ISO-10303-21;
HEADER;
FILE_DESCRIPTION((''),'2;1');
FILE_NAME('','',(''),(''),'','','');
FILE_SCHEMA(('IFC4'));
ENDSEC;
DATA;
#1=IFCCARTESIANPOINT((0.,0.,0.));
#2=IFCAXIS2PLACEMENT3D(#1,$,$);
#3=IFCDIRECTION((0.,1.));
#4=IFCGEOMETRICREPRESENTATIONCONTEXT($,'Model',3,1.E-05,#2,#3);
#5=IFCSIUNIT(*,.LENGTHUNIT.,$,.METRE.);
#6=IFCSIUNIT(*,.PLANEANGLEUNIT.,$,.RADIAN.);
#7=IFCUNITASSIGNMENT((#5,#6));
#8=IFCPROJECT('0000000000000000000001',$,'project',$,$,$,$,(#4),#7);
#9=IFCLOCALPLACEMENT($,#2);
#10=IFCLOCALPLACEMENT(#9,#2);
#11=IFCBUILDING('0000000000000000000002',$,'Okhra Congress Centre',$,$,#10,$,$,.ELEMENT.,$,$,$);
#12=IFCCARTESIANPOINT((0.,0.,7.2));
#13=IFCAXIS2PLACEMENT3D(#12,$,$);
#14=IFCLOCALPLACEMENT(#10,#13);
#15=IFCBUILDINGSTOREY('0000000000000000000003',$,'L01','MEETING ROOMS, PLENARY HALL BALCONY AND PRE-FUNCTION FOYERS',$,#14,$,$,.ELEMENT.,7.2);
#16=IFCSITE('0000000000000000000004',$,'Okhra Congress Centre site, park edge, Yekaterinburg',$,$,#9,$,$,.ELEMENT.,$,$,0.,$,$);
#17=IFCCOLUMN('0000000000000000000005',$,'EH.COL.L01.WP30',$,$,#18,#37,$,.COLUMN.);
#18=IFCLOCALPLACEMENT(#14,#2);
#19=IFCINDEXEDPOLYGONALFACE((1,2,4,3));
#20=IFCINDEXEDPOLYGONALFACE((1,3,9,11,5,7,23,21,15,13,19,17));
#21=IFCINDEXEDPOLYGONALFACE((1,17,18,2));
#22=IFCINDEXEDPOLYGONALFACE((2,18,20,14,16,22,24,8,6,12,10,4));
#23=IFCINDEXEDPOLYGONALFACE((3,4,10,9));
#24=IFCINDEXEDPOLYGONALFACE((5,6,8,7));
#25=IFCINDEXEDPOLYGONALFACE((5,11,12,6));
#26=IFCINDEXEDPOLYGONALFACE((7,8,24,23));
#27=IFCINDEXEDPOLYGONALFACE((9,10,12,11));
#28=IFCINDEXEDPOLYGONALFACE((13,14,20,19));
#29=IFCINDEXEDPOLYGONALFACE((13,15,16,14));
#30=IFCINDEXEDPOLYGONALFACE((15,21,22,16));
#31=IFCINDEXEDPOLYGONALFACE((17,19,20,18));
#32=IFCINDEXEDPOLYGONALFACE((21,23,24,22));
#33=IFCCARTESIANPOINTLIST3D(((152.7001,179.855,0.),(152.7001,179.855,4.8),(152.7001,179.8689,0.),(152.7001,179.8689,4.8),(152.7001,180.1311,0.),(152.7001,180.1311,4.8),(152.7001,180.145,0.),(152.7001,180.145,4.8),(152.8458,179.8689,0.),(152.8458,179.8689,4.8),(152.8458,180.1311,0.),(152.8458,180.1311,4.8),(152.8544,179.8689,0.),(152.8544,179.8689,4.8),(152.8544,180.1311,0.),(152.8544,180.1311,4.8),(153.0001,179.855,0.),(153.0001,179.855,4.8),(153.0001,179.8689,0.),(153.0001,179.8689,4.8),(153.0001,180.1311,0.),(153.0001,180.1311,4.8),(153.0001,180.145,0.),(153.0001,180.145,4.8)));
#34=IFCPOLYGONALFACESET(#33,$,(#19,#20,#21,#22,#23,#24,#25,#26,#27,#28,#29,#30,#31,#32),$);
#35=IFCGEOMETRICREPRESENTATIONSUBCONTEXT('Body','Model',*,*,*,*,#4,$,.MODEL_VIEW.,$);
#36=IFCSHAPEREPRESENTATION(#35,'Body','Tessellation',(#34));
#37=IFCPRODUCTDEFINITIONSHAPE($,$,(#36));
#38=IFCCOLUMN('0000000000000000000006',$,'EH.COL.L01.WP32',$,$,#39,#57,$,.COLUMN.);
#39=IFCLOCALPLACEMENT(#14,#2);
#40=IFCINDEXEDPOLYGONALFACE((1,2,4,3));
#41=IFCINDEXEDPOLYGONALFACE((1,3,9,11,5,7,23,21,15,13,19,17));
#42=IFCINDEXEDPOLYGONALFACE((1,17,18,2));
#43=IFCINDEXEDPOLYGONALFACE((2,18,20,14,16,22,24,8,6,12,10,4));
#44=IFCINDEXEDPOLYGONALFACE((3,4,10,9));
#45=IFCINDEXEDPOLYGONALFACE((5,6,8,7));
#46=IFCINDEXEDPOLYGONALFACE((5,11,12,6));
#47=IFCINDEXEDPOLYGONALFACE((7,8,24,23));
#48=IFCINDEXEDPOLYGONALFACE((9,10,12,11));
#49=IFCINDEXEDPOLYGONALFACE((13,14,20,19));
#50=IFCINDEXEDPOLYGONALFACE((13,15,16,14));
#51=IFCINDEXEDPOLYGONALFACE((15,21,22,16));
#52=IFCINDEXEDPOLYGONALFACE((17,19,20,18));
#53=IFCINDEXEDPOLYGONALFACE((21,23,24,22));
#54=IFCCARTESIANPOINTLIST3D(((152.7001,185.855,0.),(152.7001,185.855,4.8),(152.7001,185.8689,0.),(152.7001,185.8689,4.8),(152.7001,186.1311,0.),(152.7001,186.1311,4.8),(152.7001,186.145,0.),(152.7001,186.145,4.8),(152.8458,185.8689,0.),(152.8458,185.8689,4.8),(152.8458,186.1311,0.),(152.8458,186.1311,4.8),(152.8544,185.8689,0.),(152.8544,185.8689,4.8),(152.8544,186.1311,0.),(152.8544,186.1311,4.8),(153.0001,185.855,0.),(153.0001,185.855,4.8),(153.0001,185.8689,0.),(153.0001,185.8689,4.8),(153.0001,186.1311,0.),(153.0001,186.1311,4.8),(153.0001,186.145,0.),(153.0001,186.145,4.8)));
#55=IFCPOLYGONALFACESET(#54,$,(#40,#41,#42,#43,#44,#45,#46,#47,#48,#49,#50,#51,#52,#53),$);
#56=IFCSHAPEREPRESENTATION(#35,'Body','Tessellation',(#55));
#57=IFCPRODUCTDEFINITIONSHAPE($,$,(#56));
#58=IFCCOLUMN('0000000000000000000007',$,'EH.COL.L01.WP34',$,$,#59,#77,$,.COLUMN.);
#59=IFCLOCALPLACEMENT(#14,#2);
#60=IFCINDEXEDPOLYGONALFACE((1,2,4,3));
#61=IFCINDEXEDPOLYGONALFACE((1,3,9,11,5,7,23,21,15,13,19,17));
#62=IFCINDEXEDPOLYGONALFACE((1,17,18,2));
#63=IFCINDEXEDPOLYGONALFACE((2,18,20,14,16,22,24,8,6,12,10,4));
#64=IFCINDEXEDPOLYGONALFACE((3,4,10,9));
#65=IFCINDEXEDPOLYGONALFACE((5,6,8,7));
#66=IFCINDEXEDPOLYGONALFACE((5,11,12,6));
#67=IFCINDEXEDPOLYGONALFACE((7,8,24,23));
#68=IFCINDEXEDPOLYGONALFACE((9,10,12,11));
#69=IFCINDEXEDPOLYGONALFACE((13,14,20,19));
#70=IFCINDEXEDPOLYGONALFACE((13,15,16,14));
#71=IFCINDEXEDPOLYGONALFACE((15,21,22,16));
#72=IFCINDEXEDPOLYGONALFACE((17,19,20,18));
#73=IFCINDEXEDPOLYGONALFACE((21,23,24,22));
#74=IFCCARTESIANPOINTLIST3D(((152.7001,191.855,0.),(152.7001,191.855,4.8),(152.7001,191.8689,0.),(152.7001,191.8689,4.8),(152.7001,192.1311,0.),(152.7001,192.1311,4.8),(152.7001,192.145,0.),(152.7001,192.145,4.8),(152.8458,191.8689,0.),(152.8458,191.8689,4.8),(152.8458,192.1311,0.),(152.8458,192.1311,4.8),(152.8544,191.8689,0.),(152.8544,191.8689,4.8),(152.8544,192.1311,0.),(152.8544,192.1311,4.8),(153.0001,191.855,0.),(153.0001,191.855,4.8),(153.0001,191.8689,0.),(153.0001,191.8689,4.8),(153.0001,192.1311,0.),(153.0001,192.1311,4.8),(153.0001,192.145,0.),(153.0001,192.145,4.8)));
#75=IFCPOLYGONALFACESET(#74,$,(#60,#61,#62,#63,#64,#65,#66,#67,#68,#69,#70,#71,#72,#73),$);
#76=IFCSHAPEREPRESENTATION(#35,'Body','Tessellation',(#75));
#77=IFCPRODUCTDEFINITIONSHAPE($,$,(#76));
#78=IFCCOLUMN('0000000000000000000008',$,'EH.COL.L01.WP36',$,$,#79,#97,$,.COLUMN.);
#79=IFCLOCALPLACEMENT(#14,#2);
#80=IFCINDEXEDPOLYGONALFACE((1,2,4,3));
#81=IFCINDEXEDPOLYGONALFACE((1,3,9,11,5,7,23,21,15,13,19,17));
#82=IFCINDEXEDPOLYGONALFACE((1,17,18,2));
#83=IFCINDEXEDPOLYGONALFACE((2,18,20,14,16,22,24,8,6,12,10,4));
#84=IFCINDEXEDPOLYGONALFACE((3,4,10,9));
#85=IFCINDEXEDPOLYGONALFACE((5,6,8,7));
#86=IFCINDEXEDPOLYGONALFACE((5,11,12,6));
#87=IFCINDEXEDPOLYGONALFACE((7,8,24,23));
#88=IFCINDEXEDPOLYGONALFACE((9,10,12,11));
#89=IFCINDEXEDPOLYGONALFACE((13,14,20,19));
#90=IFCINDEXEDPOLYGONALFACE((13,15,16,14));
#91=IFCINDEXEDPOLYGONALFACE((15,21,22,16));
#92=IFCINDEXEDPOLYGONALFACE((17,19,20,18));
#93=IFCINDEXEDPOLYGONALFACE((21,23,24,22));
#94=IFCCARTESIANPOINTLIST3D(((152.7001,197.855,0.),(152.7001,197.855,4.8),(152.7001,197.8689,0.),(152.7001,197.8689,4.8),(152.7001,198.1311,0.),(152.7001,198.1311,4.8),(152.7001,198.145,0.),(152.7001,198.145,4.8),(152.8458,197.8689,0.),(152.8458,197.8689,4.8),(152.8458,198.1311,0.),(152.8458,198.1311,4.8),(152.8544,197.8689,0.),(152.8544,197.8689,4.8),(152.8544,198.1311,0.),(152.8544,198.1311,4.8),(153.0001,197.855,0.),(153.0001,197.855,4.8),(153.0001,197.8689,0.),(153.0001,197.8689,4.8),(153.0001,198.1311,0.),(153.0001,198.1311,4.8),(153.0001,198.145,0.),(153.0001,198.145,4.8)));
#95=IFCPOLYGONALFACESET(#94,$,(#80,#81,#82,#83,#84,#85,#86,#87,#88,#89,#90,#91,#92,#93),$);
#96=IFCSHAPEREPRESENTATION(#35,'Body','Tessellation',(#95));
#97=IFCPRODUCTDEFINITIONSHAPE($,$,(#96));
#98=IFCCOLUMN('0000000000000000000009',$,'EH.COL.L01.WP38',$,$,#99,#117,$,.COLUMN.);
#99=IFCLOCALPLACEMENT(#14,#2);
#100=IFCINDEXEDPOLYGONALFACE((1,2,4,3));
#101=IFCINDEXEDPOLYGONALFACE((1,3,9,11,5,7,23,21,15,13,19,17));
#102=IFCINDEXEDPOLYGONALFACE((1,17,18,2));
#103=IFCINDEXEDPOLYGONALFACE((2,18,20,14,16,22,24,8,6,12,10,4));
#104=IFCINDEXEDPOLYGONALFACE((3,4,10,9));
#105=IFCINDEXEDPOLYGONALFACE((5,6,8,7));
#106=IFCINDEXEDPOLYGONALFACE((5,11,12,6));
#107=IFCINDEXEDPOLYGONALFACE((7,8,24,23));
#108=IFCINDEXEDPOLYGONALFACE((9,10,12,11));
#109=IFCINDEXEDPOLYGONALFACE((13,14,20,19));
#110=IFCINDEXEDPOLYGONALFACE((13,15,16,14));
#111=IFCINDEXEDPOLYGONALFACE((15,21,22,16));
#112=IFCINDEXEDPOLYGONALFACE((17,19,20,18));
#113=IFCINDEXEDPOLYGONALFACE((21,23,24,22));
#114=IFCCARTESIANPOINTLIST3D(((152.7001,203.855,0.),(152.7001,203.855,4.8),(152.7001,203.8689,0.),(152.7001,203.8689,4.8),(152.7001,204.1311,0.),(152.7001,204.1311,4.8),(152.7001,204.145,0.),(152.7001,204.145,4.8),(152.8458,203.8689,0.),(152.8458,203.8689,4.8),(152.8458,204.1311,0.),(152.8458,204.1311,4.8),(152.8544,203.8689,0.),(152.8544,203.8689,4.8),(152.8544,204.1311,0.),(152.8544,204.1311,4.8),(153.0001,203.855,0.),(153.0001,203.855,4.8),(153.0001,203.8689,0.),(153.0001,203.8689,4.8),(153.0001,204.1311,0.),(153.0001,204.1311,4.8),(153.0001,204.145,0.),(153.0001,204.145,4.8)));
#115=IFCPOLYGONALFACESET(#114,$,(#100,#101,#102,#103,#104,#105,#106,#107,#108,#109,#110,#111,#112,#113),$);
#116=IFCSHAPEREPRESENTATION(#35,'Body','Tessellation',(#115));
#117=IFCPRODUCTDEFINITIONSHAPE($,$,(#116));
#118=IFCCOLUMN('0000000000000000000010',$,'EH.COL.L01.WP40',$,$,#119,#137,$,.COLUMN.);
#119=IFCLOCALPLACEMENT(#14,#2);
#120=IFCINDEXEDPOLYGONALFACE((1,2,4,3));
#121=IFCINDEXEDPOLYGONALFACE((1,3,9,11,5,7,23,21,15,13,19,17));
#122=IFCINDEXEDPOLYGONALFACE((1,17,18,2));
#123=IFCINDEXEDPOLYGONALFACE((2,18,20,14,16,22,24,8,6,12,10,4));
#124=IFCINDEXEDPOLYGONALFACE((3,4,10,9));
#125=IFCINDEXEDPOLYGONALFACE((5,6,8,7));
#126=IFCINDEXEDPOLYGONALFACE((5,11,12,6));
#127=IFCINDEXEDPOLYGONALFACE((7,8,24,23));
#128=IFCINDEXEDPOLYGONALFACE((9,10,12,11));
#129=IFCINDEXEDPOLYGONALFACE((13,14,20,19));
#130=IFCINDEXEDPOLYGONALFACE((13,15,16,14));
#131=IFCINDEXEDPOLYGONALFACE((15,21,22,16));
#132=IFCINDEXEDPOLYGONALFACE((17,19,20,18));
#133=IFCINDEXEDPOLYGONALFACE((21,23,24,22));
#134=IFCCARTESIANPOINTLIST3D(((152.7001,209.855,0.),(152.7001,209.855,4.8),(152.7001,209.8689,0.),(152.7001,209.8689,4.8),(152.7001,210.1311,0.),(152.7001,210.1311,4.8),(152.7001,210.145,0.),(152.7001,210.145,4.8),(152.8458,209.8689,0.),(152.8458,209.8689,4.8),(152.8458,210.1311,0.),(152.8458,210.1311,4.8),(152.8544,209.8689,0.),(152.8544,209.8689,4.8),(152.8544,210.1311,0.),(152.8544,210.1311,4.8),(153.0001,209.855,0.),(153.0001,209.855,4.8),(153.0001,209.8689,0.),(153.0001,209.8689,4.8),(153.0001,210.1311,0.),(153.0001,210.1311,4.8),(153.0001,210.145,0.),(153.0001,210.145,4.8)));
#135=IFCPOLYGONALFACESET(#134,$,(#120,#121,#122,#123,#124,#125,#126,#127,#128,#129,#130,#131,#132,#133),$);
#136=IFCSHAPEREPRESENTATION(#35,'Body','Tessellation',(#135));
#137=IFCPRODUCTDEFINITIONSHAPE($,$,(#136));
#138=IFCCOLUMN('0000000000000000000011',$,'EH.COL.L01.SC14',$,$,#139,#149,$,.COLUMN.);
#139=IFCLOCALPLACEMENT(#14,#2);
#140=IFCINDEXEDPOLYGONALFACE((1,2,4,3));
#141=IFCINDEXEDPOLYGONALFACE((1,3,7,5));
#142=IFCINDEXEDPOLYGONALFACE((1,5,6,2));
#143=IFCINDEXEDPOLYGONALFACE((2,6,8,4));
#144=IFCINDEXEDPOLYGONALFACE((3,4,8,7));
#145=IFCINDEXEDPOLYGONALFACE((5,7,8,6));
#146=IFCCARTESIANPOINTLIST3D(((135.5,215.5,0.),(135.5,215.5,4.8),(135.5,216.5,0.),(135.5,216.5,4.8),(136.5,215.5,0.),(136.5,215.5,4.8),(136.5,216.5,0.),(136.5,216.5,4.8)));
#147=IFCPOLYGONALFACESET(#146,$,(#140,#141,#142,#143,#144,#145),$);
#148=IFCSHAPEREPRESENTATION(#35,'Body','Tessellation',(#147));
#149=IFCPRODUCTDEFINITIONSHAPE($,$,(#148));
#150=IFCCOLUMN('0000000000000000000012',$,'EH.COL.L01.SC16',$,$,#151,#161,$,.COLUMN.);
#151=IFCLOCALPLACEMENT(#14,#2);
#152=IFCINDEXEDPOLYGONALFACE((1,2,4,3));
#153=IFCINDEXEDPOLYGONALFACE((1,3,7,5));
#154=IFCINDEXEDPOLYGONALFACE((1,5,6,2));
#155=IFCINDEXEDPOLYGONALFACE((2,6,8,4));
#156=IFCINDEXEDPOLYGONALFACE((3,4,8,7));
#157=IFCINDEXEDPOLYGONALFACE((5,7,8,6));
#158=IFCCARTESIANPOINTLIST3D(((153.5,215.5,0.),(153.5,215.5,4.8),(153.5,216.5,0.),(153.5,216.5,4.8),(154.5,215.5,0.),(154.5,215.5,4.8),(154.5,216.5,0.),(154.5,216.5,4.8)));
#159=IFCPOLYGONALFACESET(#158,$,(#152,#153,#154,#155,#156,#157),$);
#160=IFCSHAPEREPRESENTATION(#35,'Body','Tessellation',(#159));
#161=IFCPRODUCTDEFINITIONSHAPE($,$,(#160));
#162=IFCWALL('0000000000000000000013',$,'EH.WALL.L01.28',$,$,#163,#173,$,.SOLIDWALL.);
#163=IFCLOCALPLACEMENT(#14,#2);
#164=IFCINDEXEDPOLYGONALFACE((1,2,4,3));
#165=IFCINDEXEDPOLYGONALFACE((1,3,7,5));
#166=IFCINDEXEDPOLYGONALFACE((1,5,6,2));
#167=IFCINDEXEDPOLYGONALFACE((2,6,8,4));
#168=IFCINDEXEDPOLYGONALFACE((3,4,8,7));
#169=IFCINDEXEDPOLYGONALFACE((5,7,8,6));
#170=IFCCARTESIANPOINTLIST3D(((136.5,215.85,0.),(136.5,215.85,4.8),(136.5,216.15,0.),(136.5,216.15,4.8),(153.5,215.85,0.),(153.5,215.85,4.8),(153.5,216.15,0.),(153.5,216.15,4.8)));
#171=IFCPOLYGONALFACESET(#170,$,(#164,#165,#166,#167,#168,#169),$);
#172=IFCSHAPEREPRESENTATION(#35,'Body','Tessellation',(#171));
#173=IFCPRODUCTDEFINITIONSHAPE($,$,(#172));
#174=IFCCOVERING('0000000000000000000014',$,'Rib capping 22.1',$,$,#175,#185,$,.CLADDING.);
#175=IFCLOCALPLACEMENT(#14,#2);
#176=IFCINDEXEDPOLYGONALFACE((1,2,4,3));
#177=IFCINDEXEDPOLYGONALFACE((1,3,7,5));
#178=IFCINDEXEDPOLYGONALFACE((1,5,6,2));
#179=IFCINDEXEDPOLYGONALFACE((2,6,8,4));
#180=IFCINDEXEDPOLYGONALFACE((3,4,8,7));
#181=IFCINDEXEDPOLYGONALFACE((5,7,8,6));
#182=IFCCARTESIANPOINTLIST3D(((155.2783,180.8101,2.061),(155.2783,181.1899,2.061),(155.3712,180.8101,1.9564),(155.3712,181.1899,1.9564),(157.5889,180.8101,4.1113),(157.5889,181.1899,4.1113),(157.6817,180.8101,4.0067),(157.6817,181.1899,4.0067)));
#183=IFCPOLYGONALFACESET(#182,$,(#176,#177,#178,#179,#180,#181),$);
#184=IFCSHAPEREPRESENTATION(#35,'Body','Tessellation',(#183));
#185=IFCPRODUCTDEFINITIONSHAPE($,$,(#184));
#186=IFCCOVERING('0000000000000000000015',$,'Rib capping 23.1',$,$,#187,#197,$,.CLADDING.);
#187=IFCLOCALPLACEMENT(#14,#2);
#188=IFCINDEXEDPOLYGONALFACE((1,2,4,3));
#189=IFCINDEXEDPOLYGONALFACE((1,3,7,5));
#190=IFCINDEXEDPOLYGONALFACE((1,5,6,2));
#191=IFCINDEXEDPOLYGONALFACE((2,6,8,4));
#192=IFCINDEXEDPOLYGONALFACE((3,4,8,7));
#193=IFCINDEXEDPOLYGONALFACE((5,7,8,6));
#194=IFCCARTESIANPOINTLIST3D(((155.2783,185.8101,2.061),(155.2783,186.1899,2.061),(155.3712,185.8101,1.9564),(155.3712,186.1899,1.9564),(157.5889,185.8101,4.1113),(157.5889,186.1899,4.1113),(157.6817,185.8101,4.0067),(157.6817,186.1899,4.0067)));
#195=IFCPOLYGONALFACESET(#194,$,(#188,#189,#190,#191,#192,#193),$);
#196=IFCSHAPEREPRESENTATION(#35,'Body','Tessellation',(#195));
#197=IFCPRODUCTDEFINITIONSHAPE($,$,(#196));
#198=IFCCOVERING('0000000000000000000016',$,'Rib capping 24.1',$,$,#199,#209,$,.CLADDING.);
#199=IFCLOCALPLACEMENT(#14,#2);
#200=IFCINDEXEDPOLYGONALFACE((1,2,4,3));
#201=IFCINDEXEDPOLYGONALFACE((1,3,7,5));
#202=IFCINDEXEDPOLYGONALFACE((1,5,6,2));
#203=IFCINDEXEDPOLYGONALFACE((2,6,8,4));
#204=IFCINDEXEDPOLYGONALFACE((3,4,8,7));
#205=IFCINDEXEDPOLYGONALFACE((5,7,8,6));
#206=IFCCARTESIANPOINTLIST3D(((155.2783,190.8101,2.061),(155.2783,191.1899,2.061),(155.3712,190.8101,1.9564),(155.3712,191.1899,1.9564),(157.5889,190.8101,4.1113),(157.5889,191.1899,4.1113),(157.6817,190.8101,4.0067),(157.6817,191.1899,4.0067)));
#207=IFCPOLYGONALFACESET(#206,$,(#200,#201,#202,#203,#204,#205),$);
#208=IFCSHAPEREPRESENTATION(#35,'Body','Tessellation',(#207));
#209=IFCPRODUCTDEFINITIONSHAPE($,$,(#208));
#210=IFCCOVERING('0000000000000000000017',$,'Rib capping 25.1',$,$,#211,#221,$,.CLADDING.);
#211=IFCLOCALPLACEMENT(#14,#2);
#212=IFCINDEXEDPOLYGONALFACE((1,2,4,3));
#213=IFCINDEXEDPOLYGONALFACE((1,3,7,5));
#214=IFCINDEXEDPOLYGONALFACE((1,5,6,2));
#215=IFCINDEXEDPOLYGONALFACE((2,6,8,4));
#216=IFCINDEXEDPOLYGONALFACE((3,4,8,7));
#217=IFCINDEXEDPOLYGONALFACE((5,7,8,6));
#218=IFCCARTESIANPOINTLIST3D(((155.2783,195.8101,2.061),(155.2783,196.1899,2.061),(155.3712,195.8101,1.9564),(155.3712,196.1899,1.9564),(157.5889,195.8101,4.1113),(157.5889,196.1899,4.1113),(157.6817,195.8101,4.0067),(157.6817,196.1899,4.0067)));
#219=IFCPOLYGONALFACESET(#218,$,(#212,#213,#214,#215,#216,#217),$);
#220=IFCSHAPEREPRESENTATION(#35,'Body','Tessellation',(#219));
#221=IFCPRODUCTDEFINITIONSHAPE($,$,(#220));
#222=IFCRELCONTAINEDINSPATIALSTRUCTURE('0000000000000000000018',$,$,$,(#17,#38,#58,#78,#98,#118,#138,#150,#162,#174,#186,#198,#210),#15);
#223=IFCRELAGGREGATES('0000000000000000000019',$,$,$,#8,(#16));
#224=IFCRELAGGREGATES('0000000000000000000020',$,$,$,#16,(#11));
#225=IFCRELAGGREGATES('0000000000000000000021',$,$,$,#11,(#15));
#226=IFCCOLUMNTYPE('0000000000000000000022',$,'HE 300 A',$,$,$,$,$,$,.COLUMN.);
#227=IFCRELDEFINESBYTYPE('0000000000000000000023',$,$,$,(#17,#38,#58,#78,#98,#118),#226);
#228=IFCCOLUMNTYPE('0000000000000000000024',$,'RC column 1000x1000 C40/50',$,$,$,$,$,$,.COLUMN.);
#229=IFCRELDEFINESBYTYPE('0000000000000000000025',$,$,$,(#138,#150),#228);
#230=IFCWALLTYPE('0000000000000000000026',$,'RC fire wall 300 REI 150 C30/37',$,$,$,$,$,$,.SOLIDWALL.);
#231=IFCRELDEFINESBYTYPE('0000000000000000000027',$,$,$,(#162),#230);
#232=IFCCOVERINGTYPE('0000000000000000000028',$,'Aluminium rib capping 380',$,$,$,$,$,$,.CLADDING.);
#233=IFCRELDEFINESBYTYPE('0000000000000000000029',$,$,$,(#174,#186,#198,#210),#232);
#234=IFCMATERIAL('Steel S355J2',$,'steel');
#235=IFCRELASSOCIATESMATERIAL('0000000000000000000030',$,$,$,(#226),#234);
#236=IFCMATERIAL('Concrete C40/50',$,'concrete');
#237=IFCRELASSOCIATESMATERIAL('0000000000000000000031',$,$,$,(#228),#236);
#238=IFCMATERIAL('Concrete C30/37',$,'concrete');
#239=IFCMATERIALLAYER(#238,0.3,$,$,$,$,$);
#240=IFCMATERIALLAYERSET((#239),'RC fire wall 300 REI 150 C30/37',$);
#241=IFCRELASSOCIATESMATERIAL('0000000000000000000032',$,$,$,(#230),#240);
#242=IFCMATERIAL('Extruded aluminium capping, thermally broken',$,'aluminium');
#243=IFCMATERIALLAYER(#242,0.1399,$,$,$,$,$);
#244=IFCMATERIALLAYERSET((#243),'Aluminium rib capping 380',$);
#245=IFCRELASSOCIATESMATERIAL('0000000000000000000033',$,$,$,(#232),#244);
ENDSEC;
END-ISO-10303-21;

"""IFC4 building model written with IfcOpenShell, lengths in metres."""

from ifc_helpers import new_model, si_unit, direction, frame, frame_2d, origin, origin_2d, place, context, subcontext, project, spatial, polyline, rectangle, i_section, outline, extrude, material, layer, layer_set, material_profile, profile_set, type_object, element, save


model = new_model("IFC4")

# Units and contexts
model_context = context("Model", 3, precision=1e-05, world=origin(), true_north=direction((0.0, 1.0)))
body_context = subcontext(model_context, "Body", "Model", "MODEL_VIEW")
ifc_project = project(units=[si_unit("LENGTHUNIT", "METRE"), si_unit("PLANEANGLEUNIT", "RADIAN")], contexts=[model_context])

# Site, building, storey
site_placement = place(None, origin())
site = spatial("IfcSite", under=ifc_project, at=site_placement, Name="Okhra Congress Centre site, park edge, Yekaterinburg", CompositionType="ELEMENT", RefElevation=0.0)
building_placement = place(site_placement, origin())
building = spatial("IfcBuilding", under=site, at=building_placement, Name="Okhra Congress Centre", CompositionType="ELEMENT")
storey_placement = place(building_placement, frame((0.0, 0.0, 7.2)))
storey = spatial("IfcBuildingStorey", under=building, at=storey_placement, Name="L01", Description="MEETING ROOMS, PLENARY HALL BALCONY AND PRE-FUNCTION FOYERS", CompositionType="ELEMENT", Elevation=7.2)

# Columns
ifc_material_1 = material(Name="Steel S355J2", Category="steel")
ifc_material_profile_1 = material_profile(ifc_material_1, i_section(OverallWidth=0.3, OverallDepth=0.29, WebThickness=0.0085, FlangeThickness=0.0139, at=origin_2d()), Name="HE 300 A")
ifc_profile_set_1 = profile_set([ifc_material_profile_1], Name="Steel S355J2")
column_type_1 = type_object("IfcColumnType", Name="HE 300 A", PredefinedType="COLUMN", material=ifc_profile_set_1)
for number, where, z_axis, x_axis, name in (
    (1, (152.8501, 180.0, 0.0), (0.0, 0.0, 1.0), (1.0, 0.0, 0.0), "EH.COL.L01.WP30"),
    (2, (152.8501, 186.0, 0.0), (0.0, 0.0, 1.0), (1.0, 0.0, 0.0), "EH.COL.L01.WP32"),
    (3, (152.8501, 192.0, 0.0), (0.0, 0.0, 1.0), (1.0, 0.0, 0.0), "EH.COL.L01.WP34"),
    (4, (152.8501, 198.0, 0.0), (0.0, 0.0, 1.0), (1.0, 0.0, 0.0), "EH.COL.L01.WP36"),
    (5, (152.8501, 204.0, 0.0), (0.0, 0.0, 1.0), (1.0, 0.0, 0.0), "EH.COL.L01.WP38"),
    (6, (152.8501, 210.0, 0.0), (0.0, 0.0, 1.0), (1.0, 0.0, 0.0), "EH.COL.L01.WP40"),
):
    element("IfcColumn", number, at=place(storey_placement, frame(where, z_axis=z_axis, x_axis=x_axis)), inside=storey, type_object=column_type_1, Name=name, PredefinedType="COLUMN", context=body_context, shape_type="SweptSolid", body=[
        extrude(i_section(OverallWidth=0.3, OverallDepth=0.29, WebThickness=0.0085, FlangeThickness=0.0139, at=origin_2d()), origin(), (0.0, 0.0, 1.0), 4.8),
    ])
ifc_material_2 = material(Name="Concrete C40/50", Category="concrete")
ifc_material_profile_2 = material_profile(ifc_material_2, rectangle(XDim=1.0, YDim=1.0, at=origin_2d()), Name="RC 1000x1000")
ifc_profile_set_2 = profile_set([ifc_material_profile_2], Name="Concrete C40/50")
column_type_2 = type_object("IfcColumnType", Name="RC column 1000x1000 C40/50", PredefinedType="COLUMN", material=ifc_profile_set_2)
for number, where, z_axis, x_axis, name in (
    (7, (136.0, 216.0, 0.0), (0.0, 0.0, 1.0), (1.0, 0.0, 0.0), "EH.COL.L01.SC14"),
    (8, (154.0, 216.0, 0.0), (0.0, 0.0, 1.0), (1.0, 0.0, 0.0), "EH.COL.L01.SC16"),
):
    element("IfcColumn", number, at=place(storey_placement, frame(where, z_axis=z_axis, x_axis=x_axis)), inside=storey, type_object=column_type_2, Name=name, PredefinedType="COLUMN", context=body_context, shape_type="SweptSolid", body=[
        extrude(rectangle(XDim=1.0, YDim=1.0, at=origin_2d()), origin(), (0.0, 0.0, 1.0), 4.8),
    ])

# Wall
ifc_material_3 = material(Name="Concrete C30/37", Category="concrete")
ifc_layer_1 = layer(ifc_material_3, 0.3)
ifc_layer_set_1 = layer_set([ifc_layer_1], Name="RC fire wall 300 REI 150 C30/37")
wall_type = type_object("IfcWallType", Name="RC fire wall 300 REI 150 C30/37", PredefinedType="SOLIDWALL", material=ifc_layer_set_1)
wall_placement = place(storey_placement, frame((136.5, 216.0, 0.0), z_axis=(0.0, 0.0, 1.0), x_axis=(1.0, 0.0, 0.0)))
element("IfcWall", 9, at=wall_placement, inside=storey, type_object=wall_type, Name="EH.WALL.L01.28", PredefinedType="SOLIDWALL", context=body_context, shape_type="SweptSolid", body=[
    extrude(rectangle(XDim=17.0, YDim=0.3, at=frame_2d((8.5, 0.0))), origin(), (0.0, 0.0, 1.0), 4.8),
])

# Coverings
ifc_material_4 = material(Name="Extruded aluminium capping, thermally broken", Category="aluminium")
ifc_layer_2 = layer(ifc_material_4, 0.1399)
ifc_layer_set_2 = layer_set([ifc_layer_2], Name="Aluminium rib capping 380")
covering_type = type_object("IfcCoveringType", Name="Aluminium rib capping 380", PredefinedType="CLADDING", material=ifc_layer_set_2)
for number, where, z_axis, x_axis, name in (
    (10, (155.2783, 180.8101, 2.061), (-0.663726, 0.0, 0.747976), (0.747976, 0.0, 0.663726), "Rib capping 22.1"),
    (11, (155.2783, 185.8101, 2.061), (-0.663726, 0.0, 0.747976), (0.747976, 0.0, 0.663726), "Rib capping 23.1"),
    (12, (155.2783, 190.8101, 2.061), (-0.663726, 0.0, 0.747976), (0.747976, 0.0, 0.663726), "Rib capping 24.1"),
    (13, (155.2783, 195.8101, 2.061), (-0.663726, 0.0, 0.747976), (0.747976, 0.0, 0.663726), "Rib capping 25.1"),
):
    element("IfcCovering", number, at=place(storey_placement, frame(where, z_axis=z_axis, x_axis=x_axis)), inside=storey, type_object=covering_type, Name=name, PredefinedType="CLADDING", context=body_context, shape_type="SweptSolid", body=[
        extrude(outline(polyline([(0.0, 0.0), (3.0891, 0.0), (3.0891, 0.3799), (0.0, 0.3799), (0.0, 0.0)])), origin(), (0.0, 0.0, -1.0), 0.1399),
    ])

save(model, "model.ifc")
